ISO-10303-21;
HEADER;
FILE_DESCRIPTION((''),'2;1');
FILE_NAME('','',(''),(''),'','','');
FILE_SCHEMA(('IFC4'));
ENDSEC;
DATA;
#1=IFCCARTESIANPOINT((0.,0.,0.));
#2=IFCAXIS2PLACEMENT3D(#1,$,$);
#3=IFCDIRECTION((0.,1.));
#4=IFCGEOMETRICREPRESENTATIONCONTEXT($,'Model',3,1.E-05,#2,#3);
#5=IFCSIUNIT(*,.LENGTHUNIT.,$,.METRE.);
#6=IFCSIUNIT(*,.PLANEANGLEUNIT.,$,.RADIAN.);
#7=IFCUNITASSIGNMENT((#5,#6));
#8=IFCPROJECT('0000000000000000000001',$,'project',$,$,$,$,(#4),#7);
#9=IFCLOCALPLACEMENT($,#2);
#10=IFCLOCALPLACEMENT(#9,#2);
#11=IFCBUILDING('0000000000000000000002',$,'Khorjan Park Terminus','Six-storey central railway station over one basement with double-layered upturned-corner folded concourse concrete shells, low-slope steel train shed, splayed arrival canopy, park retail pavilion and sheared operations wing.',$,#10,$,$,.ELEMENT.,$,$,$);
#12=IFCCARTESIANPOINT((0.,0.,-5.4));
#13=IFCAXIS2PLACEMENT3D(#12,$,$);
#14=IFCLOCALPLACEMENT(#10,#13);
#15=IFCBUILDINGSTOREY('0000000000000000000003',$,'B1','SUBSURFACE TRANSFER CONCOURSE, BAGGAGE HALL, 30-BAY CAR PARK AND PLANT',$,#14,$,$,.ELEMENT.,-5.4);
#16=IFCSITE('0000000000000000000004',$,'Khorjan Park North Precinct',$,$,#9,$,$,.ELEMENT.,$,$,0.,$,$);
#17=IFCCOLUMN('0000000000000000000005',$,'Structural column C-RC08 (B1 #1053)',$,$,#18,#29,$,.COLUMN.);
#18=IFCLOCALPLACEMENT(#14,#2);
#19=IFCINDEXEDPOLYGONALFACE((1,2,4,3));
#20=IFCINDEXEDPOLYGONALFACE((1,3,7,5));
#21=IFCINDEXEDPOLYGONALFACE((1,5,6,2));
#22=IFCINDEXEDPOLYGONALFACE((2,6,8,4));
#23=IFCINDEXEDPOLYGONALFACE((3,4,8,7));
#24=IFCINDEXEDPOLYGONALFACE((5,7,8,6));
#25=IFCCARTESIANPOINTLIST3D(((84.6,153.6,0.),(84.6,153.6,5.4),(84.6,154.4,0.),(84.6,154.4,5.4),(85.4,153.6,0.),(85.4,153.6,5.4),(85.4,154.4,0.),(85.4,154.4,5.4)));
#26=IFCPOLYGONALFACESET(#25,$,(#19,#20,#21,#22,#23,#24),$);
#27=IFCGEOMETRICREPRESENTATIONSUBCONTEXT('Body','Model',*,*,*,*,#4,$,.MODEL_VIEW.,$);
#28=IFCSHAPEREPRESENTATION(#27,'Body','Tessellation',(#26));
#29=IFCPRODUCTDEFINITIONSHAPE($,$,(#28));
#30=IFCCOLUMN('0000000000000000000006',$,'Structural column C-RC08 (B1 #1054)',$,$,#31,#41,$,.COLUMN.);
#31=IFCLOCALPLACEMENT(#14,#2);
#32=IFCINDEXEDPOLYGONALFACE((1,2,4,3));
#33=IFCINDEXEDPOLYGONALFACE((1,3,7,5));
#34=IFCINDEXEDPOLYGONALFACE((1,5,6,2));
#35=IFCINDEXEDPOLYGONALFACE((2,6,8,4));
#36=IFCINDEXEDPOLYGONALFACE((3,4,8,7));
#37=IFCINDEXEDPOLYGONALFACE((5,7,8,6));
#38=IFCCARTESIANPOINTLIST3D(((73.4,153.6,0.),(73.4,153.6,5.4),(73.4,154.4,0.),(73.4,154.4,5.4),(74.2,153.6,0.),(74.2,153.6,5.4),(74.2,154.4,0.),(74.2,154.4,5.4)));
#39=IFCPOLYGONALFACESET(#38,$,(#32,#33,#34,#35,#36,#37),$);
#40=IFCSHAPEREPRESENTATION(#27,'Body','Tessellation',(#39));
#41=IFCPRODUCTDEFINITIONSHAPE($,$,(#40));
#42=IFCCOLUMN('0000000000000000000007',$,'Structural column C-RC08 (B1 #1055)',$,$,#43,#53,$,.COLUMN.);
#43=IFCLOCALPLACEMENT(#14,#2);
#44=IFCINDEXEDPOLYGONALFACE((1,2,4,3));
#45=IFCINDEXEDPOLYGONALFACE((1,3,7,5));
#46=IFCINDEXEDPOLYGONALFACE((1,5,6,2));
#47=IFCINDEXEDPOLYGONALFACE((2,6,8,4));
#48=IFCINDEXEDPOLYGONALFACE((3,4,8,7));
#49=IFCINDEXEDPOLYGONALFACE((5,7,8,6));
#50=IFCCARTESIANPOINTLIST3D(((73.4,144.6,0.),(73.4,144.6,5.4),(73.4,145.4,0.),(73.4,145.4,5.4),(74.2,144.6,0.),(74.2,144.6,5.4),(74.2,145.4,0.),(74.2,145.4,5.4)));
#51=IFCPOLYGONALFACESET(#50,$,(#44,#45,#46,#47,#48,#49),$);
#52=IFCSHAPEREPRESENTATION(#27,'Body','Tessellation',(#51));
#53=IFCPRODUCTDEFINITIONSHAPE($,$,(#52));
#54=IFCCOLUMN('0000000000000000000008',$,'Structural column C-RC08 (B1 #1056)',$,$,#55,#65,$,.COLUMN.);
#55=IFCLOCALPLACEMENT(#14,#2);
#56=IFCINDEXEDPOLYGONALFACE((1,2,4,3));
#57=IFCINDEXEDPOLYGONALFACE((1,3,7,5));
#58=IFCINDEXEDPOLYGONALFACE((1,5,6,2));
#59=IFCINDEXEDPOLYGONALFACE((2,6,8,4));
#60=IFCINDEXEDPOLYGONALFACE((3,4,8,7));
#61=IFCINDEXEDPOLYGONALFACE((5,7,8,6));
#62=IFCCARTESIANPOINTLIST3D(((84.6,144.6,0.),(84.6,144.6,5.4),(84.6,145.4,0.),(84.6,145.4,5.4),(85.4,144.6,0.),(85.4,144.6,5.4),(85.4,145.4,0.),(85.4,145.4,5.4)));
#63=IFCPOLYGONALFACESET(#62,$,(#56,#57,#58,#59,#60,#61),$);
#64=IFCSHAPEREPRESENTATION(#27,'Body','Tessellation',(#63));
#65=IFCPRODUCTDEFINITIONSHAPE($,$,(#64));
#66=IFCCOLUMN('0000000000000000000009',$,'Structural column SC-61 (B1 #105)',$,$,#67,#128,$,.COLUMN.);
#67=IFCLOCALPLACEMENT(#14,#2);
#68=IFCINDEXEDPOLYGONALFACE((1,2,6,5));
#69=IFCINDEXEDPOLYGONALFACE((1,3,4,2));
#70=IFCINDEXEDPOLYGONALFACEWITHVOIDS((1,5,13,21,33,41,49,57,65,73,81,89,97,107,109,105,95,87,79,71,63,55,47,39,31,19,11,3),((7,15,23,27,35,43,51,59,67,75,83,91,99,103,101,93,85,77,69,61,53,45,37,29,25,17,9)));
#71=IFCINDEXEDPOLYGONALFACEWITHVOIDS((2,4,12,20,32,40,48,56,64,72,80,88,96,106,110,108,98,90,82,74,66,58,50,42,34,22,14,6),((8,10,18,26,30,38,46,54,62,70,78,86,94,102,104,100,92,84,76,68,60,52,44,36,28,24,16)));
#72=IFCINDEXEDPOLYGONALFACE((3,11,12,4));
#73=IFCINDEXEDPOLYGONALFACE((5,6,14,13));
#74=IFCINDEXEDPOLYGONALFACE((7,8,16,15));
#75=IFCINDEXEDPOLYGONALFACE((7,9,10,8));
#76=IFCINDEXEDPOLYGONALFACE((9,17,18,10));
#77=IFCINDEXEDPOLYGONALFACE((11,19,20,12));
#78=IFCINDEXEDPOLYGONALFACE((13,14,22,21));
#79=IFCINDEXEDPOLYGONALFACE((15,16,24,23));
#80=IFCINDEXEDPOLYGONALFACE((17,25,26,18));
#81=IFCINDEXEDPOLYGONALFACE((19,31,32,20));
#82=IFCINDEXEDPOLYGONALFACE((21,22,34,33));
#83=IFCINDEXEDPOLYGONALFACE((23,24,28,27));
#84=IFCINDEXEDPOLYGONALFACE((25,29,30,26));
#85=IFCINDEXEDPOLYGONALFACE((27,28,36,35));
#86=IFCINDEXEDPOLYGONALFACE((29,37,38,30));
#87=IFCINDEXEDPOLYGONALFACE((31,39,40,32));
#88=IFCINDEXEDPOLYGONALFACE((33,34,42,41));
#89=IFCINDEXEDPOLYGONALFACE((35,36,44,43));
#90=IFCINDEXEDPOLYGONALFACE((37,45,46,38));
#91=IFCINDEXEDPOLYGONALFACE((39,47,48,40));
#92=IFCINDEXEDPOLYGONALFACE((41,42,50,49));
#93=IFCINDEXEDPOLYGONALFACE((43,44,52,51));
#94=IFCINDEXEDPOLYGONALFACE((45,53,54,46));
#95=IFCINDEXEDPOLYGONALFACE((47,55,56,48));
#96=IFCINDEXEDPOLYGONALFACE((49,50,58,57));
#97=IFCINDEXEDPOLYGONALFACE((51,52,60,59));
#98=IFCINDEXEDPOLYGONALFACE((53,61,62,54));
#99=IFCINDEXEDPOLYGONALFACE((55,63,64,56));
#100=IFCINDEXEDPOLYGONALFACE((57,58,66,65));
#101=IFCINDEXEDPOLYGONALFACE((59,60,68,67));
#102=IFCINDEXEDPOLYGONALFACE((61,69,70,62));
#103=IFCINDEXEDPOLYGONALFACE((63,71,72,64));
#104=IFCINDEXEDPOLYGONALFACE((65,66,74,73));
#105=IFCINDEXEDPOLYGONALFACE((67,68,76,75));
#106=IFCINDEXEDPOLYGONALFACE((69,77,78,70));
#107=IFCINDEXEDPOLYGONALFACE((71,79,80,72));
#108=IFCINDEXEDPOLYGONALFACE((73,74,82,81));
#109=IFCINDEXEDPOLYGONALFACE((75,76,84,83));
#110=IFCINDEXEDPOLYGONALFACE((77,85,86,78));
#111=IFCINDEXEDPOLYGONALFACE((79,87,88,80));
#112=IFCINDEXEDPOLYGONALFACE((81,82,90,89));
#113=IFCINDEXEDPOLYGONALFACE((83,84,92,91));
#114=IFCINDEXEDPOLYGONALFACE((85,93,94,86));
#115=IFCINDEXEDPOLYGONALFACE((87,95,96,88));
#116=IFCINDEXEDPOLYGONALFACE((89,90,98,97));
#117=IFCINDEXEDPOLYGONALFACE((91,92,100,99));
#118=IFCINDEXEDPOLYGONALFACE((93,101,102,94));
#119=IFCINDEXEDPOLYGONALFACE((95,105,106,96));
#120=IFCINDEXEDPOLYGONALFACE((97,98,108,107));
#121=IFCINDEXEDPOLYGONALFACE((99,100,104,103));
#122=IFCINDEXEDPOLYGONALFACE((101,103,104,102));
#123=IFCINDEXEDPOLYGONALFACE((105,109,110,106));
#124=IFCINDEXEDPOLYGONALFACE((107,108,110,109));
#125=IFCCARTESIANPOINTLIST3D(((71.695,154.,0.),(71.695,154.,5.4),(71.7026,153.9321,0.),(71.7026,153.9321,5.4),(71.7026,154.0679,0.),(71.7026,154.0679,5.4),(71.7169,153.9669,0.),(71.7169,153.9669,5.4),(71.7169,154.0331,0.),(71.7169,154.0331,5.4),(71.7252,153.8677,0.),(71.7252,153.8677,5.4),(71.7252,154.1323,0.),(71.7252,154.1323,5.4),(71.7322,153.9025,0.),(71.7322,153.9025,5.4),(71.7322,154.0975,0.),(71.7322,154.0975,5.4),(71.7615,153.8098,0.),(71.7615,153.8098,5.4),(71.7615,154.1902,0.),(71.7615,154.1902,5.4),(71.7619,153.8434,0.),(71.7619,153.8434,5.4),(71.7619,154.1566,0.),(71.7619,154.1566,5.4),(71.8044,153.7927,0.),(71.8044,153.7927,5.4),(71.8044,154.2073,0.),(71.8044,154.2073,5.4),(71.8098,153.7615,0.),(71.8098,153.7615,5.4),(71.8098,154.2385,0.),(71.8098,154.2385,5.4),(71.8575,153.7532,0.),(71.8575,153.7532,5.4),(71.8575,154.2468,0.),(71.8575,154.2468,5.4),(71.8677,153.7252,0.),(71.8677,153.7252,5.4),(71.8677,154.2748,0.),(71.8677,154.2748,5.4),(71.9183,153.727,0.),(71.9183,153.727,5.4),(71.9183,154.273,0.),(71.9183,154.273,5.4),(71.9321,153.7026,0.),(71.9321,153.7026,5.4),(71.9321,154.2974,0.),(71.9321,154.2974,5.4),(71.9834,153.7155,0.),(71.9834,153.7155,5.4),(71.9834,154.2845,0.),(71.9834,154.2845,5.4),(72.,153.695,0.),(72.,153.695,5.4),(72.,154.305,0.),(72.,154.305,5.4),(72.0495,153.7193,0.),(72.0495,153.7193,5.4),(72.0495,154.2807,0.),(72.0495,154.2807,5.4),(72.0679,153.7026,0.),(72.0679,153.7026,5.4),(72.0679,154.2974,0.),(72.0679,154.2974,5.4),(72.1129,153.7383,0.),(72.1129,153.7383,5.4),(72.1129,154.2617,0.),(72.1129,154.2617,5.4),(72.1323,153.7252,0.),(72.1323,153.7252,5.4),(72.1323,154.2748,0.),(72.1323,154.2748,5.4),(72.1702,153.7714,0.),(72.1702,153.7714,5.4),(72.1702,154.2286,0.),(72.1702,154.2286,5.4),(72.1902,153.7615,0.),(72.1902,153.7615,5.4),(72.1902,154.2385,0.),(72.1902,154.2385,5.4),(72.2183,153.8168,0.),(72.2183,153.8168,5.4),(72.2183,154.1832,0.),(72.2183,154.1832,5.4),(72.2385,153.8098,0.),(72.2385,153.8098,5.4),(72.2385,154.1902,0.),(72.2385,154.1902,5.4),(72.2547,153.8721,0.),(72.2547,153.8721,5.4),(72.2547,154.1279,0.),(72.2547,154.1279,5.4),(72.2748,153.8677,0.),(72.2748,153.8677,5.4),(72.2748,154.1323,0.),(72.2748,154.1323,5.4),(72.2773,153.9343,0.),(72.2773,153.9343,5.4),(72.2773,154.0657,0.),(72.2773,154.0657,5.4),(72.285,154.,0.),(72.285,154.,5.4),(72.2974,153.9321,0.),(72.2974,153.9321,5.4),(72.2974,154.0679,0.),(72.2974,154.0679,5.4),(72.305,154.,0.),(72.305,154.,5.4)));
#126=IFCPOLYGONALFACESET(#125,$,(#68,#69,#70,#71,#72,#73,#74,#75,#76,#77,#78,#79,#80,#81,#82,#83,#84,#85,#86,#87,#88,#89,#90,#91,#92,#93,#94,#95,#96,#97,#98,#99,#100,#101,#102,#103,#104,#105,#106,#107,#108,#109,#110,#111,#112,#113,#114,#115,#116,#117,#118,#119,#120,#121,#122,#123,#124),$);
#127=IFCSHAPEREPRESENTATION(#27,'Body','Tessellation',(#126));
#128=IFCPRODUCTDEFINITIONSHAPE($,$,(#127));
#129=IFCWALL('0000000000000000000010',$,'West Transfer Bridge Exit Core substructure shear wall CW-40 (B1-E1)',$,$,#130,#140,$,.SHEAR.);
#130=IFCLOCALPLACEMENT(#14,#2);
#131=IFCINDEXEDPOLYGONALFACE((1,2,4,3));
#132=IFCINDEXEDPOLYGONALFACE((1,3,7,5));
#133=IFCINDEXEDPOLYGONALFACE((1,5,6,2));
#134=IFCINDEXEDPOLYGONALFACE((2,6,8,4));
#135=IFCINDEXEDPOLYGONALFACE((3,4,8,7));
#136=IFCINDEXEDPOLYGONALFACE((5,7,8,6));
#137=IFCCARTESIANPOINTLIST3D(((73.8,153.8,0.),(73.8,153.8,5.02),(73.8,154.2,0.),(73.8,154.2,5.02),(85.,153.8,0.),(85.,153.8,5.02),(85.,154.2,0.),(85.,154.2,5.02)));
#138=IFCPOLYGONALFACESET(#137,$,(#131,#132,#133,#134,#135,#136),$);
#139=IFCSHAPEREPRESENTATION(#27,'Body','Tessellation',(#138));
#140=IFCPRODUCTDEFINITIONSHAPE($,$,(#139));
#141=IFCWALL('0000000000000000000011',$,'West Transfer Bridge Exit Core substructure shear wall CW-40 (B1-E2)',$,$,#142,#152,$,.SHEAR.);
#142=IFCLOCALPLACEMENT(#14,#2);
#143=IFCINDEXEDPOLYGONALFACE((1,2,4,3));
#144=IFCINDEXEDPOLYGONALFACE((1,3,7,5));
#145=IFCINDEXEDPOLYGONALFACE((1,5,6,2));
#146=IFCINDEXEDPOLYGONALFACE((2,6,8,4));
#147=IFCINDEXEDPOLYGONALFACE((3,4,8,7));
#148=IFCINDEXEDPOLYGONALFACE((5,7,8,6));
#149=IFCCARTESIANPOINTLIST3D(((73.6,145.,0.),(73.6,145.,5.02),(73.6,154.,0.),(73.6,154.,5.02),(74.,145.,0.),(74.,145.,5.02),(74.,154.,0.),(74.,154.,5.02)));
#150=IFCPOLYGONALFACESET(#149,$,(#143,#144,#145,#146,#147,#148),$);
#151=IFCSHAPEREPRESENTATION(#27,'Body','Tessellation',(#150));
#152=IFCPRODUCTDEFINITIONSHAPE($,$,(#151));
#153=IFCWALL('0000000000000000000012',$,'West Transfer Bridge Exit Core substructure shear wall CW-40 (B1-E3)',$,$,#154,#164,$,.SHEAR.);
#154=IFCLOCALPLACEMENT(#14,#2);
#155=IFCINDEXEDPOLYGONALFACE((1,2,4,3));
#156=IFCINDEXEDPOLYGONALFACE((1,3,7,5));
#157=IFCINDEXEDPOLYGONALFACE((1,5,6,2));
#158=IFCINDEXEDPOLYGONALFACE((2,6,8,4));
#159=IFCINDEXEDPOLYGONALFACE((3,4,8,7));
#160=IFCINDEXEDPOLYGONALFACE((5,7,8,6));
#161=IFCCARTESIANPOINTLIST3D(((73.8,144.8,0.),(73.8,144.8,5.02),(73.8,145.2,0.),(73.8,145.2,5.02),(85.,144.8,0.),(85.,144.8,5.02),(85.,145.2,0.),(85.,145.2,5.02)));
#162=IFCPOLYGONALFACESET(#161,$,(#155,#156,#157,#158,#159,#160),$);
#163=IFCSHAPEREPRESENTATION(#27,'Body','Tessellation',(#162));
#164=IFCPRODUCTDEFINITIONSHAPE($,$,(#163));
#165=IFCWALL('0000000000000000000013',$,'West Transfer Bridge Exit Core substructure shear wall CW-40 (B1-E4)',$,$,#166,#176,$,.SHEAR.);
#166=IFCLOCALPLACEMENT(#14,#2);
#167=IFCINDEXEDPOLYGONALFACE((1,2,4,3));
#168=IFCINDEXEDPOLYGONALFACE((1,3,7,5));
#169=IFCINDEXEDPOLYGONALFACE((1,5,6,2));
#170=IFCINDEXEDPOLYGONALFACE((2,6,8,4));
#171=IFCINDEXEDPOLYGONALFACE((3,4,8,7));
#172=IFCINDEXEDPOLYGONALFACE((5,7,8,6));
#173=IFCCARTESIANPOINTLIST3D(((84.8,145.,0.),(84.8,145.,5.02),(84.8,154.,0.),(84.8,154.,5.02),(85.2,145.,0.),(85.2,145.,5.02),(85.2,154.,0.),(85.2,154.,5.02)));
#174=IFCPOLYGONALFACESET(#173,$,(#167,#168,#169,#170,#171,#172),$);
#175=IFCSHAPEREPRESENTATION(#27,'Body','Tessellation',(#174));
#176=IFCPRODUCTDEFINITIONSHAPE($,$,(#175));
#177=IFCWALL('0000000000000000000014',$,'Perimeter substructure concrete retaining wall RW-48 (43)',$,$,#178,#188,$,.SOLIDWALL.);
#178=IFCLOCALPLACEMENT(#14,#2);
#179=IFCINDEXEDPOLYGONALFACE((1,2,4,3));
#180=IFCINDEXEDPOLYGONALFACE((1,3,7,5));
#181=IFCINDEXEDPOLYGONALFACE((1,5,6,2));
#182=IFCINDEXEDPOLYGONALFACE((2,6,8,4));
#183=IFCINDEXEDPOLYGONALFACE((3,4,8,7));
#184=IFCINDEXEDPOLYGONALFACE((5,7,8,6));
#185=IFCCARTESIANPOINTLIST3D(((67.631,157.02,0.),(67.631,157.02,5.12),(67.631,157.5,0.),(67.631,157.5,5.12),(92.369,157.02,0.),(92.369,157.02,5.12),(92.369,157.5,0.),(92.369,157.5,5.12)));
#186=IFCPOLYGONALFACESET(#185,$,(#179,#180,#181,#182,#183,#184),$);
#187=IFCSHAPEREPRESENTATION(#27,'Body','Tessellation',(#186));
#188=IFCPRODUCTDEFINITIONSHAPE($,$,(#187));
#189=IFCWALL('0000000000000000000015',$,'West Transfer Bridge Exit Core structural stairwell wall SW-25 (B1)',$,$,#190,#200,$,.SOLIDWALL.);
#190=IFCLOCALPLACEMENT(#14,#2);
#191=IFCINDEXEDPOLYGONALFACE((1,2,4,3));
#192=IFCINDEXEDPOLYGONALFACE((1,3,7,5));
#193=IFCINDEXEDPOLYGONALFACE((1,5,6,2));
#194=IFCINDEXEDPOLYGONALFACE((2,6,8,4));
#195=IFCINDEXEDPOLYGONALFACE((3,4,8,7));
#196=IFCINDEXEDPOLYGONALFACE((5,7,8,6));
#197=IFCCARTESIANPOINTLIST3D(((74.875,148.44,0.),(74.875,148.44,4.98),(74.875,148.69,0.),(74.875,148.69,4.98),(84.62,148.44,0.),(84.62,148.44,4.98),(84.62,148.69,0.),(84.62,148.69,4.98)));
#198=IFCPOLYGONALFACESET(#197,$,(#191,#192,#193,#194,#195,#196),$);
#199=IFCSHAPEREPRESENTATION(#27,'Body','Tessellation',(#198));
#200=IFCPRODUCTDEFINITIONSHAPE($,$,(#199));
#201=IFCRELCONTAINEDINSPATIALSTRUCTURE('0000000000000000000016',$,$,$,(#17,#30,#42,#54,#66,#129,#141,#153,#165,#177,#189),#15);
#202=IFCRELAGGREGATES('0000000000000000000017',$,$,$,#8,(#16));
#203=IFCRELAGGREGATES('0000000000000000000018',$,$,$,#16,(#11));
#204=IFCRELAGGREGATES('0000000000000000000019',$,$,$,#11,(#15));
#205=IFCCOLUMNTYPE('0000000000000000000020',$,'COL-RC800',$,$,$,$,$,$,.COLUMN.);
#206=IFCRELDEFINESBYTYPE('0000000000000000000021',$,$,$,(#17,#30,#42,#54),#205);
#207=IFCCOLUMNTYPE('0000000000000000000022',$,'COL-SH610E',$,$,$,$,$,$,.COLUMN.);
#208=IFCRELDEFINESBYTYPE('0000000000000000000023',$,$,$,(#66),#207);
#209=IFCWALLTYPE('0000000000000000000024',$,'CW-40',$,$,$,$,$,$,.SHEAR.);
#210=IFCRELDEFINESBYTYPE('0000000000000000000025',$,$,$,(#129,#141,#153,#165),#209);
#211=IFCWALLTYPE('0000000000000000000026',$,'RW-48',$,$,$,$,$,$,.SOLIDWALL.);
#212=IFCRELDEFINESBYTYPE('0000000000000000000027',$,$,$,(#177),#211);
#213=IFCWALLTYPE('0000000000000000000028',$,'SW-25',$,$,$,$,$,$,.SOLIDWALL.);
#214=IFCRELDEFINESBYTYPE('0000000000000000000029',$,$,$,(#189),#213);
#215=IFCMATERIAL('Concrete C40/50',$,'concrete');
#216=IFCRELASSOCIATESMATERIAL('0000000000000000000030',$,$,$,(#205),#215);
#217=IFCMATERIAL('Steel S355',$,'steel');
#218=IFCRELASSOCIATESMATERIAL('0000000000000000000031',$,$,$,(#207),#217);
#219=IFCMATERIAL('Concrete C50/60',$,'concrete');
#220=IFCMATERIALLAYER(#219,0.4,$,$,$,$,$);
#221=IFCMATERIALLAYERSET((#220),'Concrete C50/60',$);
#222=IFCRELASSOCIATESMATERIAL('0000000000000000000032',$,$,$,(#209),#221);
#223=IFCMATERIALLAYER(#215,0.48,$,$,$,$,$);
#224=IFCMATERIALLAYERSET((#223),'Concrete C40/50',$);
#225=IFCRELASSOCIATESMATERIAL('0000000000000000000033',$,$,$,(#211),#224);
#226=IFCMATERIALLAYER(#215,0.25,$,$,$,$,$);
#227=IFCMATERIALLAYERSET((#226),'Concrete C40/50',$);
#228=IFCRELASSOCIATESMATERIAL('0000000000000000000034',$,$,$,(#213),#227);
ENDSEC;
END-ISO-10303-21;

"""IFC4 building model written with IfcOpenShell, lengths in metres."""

from ifc_helpers import new_model, si_unit, direction, frame, frame_2d, origin, origin_2d, place, context, subcontext, project, spatial, rectangle, hollow_circle, extrude, material, layer, layer_set, material_profile, profile_set, type_object, element, save


model = new_model("IFC4")

# Units and contexts
model_context = context("Model", 3, precision=1e-05, world=origin(), true_north=direction((0.0, 1.0)))
body_context = subcontext(model_context, "Body", "Model", "MODEL_VIEW")
ifc_project = project(units=[si_unit("LENGTHUNIT", "METRE"), si_unit("PLANEANGLEUNIT", "RADIAN")], contexts=[model_context])

# Site, building, storey
site_placement = place(None, origin())
site = spatial("IfcSite", under=ifc_project, at=site_placement, Name="Khorjan Park North Precinct", CompositionType="ELEMENT", RefElevation=0.0)
building_placement = place(site_placement, origin())
building = spatial("IfcBuilding", under=site, at=building_placement, Name="Khorjan Park Terminus", Description="Six-storey central railway station over one basement with double-layered upturned-corner folded concourse concrete shells, low-slope steel train shed, splayed arrival canopy, park retail pavilion and sheared operations wing.", CompositionType="ELEMENT")
storey_placement = place(building_placement, frame((0.0, 0.0, -5.4)))
storey = spatial("IfcBuildingStorey", under=building, at=storey_placement, Name="B1", Description="SUBSURFACE TRANSFER CONCOURSE, BAGGAGE HALL, 30-BAY CAR PARK AND PLANT", CompositionType="ELEMENT", Elevation=-5.4)

# Shared definitions
ifc_material_1 = material(Name="Concrete C40/50", Category="concrete")

# Columns
ifc_material_2 = material(Name="Steel S355", Category="steel")
ifc_material_profile_1 = material_profile(ifc_material_1, rectangle(XDim=0.8, YDim=0.8, at=origin_2d()), Name="RC 800x800")
ifc_profile_set_1 = profile_set([ifc_material_profile_1], Name="Concrete C40/50")
column_type_1 = type_object("IfcColumnType", Name="COL-RC800", PredefinedType="COLUMN", material=ifc_profile_set_1)
for number, where, z_axis, x_axis, name in (
    (1, (85.0, 154.0, 0.0), (0.0, 0.0, 1.0), (-1.0, 0.0, 0.0), "Structural column C-RC08 (B1 #1053)"),
    (2, (73.8, 154.0, 0.0), (0.0, 0.0, 1.0), (-1.0, 0.0, 0.0), "Structural column C-RC08 (B1 #1054)"),
    (3, (73.8, 145.0, 0.0), (0.0, 0.0, 1.0), (-1.0, 0.0, 0.0), "Structural column C-RC08 (B1 #1055)"),
    (4, (85.0, 145.0, 0.0), (0.0, 0.0, 1.0), (-1.0, 0.0, 0.0), "Structural column C-RC08 (B1 #1056)"),
):
    element("IfcColumn", number, at=place(storey_placement, frame(where, z_axis=z_axis, x_axis=x_axis)), inside=storey, type_object=column_type_1, Name=name, PredefinedType="COLUMN", context=body_context, shape_type="SweptSolid", body=[
        extrude(rectangle(XDim=0.8, YDim=0.8, at=origin_2d()), origin(), (0.0, 0.0, 1.0), 5.4),
    ])
ifc_material_profile_2 = material_profile(ifc_material_2, hollow_circle(Radius=0.305, WallThickness=0.02, at=origin_2d()), Name="CHS 610x20")
ifc_profile_set_2 = profile_set([ifc_material_profile_2], Name="Steel S355")
column_type_2 = type_object("IfcColumnType", Name="COL-SH610E", PredefinedType="COLUMN", material=ifc_profile_set_2)
column_1_placement = place(storey_placement, frame((72.0, 154.0, 0.0), z_axis=(0.0, 0.0, 1.0), x_axis=(1.0, 0.0, 0.0)))
element("IfcColumn", 5, at=column_1_placement, inside=storey, type_object=column_type_2, Name="Structural column SC-61 (B1 #105)", PredefinedType="COLUMN", context=body_context, shape_type="SweptSolid", body=[
    extrude(hollow_circle(Radius=0.305, WallThickness=0.02, at=origin_2d()), origin(), (0.0, 0.0, 1.0), 5.4),
])

# Walls
ifc_material_3 = material(Name="Concrete C50/60", Category="concrete")
ifc_layer_1 = layer(ifc_material_3, 0.4)
ifc_layer_set_1 = layer_set([ifc_layer_1], Name="Concrete C50/60")
wall_type_1 = type_object("IfcWallType", Name="CW-40", PredefinedType="SHEAR", material=ifc_layer_set_1)
wall_1_placement = place(storey_placement, frame((85.0, 154.0, 0.0), z_axis=(0.0, 0.0, 1.0), x_axis=(-1.0, 0.0, 0.0)))
element("IfcWall", 6, at=wall_1_placement, inside=storey, type_object=wall_type_1, Name="West Transfer Bridge Exit Core substructure shear wall CW-40 (B1-E1)", PredefinedType="SHEAR", context=body_context, shape_type="SweptSolid", body=[
    extrude(rectangle(XDim=11.2, YDim=0.4, at=frame_2d((5.6, 0.0))), origin(), (0.0, 0.0, 1.0), 5.02),
])
wall_2_placement = place(storey_placement, frame((73.8, 154.0, 0.0), z_axis=(0.0, 0.0, 1.0), x_axis=(0.0, -1.0, 0.0)))
element("IfcWall", 7, at=wall_2_placement, inside=storey, type_object=wall_type_1, Name="West Transfer Bridge Exit Core substructure shear wall CW-40 (B1-E2)", PredefinedType="SHEAR", context=body_context, shape_type="SweptSolid", body=[
    extrude(rectangle(XDim=9.0, YDim=0.4, at=frame_2d((4.5, 0.0))), origin(), (0.0, 0.0, 1.0), 5.02),
])
wall_3_placement = place(storey_placement, frame((73.8, 145.0, 0.0), z_axis=(0.0, 0.0, 1.0), x_axis=(1.0, 0.0, 0.0)))
element("IfcWall", 8, at=wall_3_placement, inside=storey, type_object=wall_type_1, Name="West Transfer Bridge Exit Core substructure shear wall CW-40 (B1-E3)", PredefinedType="SHEAR", context=body_context, shape_type="SweptSolid", body=[
    extrude(rectangle(XDim=11.2, YDim=0.4, at=frame_2d((5.6, 0.0))), origin(), (0.0, 0.0, 1.0), 5.02),
])
wall_4_placement = place(storey_placement, frame((85.0, 145.0, 0.0), z_axis=(0.0, 0.0, 1.0), x_axis=(0.0, 1.0, 0.0)))
element("IfcWall", 9, at=wall_4_placement, inside=storey, type_object=wall_type_1, Name="West Transfer Bridge Exit Core substructure shear wall CW-40 (B1-E4)", PredefinedType="SHEAR", context=body_context, shape_type="SweptSolid", body=[
    extrude(rectangle(XDim=9.0, YDim=0.4, at=frame_2d((4.5, 0.0))), origin(), (0.0, 0.0, 1.0), 5.02),
])
ifc_layer_2 = layer(ifc_material_1, 0.48)
ifc_layer_set_2 = layer_set([ifc_layer_2], Name="Concrete C40/50")
wall_type_2 = type_object("IfcWallType", Name="RW-48", PredefinedType="SOLIDWALL", material=ifc_layer_set_2)
wall_5_placement = place(storey_placement, frame((67.631, 157.26, 0.0), z_axis=(0.0, 0.0, 1.0), x_axis=(1.0, 0.0, 0.0)))
element("IfcWall", 10, at=wall_5_placement, inside=storey, type_object=wall_type_2, Name="Perimeter substructure concrete retaining wall RW-48 (43)", PredefinedType="SOLIDWALL", context=body_context, shape_type="SweptSolid", body=[
    extrude(rectangle(XDim=24.738, YDim=0.48, at=frame_2d((12.369, 0.0))), origin(), (0.0, 0.0, 1.0), 5.12),
])
ifc_layer_3 = layer(ifc_material_1, 0.25)
ifc_layer_set_3 = layer_set([ifc_layer_3], Name="Concrete C40/50")
wall_type_3 = type_object("IfcWallType", Name="SW-25", PredefinedType="SOLIDWALL", material=ifc_layer_set_3)
wall_6_placement = place(storey_placement, frame((84.62, 148.565, 0.0), z_axis=(0.0, 0.0, 1.0), x_axis=(-1.0, 0.0, 0.0)))
element("IfcWall", 11, at=wall_6_placement, inside=storey, type_object=wall_type_3, Name="West Transfer Bridge Exit Core structural stairwell wall SW-25 (B1)", PredefinedType="SOLIDWALL", context=body_context, shape_type="SweptSolid", body=[
    extrude(rectangle(XDim=9.745, YDim=0.25, at=frame_2d((4.8725, 0.0))), origin(), (0.0, 0.0, 1.0), 4.98),
])

save(model, "model.ifc")
